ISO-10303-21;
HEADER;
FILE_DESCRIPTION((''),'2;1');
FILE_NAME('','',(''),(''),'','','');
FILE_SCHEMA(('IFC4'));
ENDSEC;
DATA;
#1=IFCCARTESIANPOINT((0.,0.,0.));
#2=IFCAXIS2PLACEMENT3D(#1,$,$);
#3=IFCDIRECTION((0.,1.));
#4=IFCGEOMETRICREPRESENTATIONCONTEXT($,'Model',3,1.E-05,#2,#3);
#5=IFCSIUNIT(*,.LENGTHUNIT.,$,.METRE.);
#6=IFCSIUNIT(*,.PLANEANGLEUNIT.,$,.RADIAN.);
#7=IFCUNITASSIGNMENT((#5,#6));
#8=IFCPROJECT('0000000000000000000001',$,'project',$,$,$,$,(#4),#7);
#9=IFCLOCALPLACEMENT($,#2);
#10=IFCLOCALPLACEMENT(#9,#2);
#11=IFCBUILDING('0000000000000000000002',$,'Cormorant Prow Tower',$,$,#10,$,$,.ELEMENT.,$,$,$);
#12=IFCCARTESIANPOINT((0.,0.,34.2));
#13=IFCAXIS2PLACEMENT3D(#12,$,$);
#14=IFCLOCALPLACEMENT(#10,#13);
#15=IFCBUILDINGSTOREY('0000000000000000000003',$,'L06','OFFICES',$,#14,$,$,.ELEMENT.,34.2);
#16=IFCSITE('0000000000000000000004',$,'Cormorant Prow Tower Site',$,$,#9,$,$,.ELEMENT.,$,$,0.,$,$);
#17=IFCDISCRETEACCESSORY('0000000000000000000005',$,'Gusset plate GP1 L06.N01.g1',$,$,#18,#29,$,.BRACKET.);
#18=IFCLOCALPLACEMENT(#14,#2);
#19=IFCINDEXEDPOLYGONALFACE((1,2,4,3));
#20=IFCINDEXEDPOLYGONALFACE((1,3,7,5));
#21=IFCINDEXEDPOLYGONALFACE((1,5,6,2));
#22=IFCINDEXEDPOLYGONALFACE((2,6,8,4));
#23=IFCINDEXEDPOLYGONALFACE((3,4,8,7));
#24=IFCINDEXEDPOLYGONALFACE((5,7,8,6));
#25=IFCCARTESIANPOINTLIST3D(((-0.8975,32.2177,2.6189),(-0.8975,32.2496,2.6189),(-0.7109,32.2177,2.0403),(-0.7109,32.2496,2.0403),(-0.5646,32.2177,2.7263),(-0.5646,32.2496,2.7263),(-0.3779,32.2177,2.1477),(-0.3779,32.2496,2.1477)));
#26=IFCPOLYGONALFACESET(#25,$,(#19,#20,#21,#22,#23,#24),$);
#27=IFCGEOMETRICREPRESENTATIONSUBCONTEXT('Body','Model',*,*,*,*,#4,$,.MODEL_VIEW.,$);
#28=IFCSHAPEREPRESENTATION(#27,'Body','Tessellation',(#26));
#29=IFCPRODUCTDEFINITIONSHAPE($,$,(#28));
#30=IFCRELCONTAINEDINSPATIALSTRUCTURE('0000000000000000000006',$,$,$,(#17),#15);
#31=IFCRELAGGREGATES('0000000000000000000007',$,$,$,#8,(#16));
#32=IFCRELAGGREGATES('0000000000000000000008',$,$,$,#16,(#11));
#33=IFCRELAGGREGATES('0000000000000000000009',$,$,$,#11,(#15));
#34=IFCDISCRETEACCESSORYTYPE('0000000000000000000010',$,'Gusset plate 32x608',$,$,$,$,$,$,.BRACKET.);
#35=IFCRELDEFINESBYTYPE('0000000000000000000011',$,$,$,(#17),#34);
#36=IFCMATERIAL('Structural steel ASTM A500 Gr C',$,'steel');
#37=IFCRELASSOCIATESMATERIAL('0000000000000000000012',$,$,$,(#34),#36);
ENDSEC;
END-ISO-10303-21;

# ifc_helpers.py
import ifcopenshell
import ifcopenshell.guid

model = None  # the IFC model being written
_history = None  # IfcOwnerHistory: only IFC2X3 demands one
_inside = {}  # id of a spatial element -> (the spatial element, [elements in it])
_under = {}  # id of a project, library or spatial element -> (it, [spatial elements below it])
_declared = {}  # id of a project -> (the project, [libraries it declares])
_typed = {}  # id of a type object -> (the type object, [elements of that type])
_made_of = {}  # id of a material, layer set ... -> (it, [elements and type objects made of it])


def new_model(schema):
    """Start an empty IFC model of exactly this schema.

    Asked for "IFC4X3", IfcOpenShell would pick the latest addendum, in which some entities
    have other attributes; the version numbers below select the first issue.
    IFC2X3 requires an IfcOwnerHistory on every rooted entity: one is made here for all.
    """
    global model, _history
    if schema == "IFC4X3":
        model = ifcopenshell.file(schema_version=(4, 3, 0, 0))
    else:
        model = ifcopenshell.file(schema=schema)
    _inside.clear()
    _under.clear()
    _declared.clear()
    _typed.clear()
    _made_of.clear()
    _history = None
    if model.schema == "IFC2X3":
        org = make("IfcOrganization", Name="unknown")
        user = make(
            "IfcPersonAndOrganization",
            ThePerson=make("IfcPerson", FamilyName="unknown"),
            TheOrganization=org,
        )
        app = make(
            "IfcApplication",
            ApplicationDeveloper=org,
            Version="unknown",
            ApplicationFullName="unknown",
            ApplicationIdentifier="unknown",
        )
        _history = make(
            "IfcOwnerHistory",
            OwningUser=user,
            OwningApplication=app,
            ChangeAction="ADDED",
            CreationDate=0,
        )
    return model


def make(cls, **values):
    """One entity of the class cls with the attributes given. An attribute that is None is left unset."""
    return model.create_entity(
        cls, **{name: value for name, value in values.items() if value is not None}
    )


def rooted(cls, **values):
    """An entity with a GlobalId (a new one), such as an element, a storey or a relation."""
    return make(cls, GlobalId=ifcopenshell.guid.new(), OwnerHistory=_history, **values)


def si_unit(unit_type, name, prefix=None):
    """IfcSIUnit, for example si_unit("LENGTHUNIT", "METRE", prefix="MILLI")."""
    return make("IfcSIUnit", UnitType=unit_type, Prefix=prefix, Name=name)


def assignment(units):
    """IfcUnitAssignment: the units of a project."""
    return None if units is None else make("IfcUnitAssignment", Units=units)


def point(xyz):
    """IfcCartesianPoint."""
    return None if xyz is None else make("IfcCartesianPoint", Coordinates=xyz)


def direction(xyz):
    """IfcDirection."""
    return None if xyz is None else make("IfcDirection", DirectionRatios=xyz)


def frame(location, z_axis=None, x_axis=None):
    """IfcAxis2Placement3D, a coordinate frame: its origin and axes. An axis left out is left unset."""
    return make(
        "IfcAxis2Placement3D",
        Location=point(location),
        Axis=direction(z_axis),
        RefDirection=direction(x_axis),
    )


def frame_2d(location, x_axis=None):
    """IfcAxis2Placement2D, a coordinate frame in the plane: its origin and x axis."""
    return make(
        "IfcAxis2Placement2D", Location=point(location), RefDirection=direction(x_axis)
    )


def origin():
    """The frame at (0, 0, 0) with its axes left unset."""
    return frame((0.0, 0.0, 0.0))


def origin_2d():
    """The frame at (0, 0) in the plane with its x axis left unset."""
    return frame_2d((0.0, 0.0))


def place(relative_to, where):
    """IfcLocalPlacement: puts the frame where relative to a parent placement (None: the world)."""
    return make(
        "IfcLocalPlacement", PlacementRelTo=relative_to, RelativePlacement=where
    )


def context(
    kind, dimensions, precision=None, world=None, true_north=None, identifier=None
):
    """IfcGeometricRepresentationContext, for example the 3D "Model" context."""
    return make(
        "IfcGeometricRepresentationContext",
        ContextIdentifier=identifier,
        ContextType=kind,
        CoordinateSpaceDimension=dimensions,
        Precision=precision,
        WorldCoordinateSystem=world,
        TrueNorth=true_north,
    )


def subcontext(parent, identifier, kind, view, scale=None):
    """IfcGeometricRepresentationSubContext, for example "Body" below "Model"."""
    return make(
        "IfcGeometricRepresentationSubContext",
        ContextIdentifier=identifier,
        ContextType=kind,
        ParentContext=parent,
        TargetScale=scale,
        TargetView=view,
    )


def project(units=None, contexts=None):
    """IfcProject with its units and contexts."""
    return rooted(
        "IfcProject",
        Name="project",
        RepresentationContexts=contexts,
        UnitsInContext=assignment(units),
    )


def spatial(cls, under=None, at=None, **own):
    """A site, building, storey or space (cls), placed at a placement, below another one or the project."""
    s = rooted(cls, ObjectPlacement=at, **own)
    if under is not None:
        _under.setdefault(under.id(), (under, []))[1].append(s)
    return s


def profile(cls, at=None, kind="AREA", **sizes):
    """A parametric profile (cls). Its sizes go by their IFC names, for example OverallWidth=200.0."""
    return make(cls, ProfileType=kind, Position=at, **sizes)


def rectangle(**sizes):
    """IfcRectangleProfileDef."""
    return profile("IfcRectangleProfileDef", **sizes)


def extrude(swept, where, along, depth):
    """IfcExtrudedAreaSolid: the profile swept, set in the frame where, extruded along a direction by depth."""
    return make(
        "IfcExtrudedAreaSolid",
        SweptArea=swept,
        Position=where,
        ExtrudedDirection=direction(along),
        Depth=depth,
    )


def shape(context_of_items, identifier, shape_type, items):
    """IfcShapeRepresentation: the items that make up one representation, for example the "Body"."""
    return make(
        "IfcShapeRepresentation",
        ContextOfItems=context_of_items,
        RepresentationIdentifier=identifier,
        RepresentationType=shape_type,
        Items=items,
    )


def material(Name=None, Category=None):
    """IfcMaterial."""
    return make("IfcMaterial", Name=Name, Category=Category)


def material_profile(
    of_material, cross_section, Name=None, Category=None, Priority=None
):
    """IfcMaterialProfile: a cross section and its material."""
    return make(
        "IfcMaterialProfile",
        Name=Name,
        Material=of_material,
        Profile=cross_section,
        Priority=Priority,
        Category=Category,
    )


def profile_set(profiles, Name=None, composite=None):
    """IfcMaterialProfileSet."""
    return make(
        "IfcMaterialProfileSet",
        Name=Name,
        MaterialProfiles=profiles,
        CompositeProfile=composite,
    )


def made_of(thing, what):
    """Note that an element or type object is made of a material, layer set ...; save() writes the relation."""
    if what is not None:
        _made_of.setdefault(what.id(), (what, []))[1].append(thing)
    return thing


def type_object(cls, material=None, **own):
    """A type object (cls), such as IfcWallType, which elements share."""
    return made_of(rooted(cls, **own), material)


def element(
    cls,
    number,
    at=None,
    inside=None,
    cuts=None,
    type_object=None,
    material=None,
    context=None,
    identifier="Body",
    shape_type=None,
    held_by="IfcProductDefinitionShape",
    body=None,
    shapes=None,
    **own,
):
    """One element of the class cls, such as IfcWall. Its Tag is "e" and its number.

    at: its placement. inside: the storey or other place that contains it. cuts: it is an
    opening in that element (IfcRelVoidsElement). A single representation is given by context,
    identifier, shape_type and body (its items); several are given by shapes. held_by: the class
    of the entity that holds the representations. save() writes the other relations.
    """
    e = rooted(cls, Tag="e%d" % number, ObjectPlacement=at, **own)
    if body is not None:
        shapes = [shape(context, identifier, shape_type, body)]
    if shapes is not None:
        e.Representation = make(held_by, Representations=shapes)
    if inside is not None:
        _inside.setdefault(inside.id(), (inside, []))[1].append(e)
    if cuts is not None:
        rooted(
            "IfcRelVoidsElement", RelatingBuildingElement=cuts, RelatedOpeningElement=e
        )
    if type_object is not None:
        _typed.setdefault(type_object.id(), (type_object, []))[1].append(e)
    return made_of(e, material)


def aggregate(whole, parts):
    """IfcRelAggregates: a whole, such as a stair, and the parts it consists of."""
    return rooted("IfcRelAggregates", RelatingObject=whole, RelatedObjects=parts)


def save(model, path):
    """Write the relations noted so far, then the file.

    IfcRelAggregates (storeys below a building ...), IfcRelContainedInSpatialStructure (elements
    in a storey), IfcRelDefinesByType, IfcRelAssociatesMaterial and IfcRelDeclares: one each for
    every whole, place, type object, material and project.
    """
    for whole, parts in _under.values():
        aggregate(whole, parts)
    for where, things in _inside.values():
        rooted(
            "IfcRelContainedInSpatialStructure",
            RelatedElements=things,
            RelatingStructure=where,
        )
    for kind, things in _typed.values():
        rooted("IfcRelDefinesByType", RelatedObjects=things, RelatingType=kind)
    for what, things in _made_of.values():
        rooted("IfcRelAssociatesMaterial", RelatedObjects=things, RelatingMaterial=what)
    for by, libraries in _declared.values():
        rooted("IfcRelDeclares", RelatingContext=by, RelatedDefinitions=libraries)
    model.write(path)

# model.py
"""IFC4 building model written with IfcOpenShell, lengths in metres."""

from ifc_helpers import new_model, si_unit, direction, frame, origin, origin_2d, place, context, subcontext, project, spatial, rectangle, extrude, material, material_profile, profile_set, type_object, element, save


model = new_model("IFC4")

# Units and contexts
model_context = context("Model", 3, precision=1e-05, world=origin(), true_north=direction((0.0, 1.0)))
body_context = subcontext(model_context, "Body", "Model", "MODEL_VIEW")
ifc_project = project(units=[si_unit("LENGTHUNIT", "METRE"), si_unit("PLANEANGLEUNIT", "RADIAN")], contexts=[model_context])

# Site, building, storey
site_placement = place(None, origin())
site = spatial("IfcSite", under=ifc_project, at=site_placement, Name="Cormorant Prow Tower Site", CompositionType="ELEMENT", RefElevation=0.0)
building_placement = place(site_placement, origin())
building = spatial("IfcBuilding", under=site, at=building_placement, Name="Cormorant Prow Tower", CompositionType="ELEMENT")
storey_placement = place(building_placement, frame((0.0, 0.0, 34.2)))
storey = spatial("IfcBuildingStorey", under=building, at=storey_placement, Name="L06", Description="OFFICES", CompositionType="ELEMENT", Elevation=34.2)

# Discrete accessory
ifc_material_1 = material(Name="Structural steel ASTM A500 Gr C", Category="steel")
ifc_material_profile_1 = material_profile(ifc_material_1, rectangle(XDim=0.032, YDim=0.6079, at=origin_2d()), Name="Gusset plate 32x608")
ifc_profile_set_1 = profile_set([ifc_material_profile_1], Name="Structural steel ASTM A500 Gr C")
discrete_accessory_type = type_object("IfcDiscreteAccessoryType", Name="Gusset plate 32x608", PredefinedType="BRACKET", material=ifc_profile_set_1)
for number, where, z_axis, x_axis, name in (
    (1, (-0.8042, 32.2336, 2.3296), (0.951709, 0.0, 0.307003), (0.0, 1.0, 0.0), "Gusset plate GP1 L06.N01.g1"),
):
    element("IfcDiscreteAccessory", number, at=place(storey_placement, frame(where, z_axis=z_axis, x_axis=x_axis)), inside=storey, type_object=discrete_accessory_type, Name=name, PredefinedType="BRACKET", context=body_context, shape_type="SweptSolid", body=[
        extrude(rectangle(XDim=0.032, YDim=0.6079, at=origin_2d()), origin(), (0.0, 0.0, 1.0), 0.3499),
    ])

save(model, "model.ifc")
